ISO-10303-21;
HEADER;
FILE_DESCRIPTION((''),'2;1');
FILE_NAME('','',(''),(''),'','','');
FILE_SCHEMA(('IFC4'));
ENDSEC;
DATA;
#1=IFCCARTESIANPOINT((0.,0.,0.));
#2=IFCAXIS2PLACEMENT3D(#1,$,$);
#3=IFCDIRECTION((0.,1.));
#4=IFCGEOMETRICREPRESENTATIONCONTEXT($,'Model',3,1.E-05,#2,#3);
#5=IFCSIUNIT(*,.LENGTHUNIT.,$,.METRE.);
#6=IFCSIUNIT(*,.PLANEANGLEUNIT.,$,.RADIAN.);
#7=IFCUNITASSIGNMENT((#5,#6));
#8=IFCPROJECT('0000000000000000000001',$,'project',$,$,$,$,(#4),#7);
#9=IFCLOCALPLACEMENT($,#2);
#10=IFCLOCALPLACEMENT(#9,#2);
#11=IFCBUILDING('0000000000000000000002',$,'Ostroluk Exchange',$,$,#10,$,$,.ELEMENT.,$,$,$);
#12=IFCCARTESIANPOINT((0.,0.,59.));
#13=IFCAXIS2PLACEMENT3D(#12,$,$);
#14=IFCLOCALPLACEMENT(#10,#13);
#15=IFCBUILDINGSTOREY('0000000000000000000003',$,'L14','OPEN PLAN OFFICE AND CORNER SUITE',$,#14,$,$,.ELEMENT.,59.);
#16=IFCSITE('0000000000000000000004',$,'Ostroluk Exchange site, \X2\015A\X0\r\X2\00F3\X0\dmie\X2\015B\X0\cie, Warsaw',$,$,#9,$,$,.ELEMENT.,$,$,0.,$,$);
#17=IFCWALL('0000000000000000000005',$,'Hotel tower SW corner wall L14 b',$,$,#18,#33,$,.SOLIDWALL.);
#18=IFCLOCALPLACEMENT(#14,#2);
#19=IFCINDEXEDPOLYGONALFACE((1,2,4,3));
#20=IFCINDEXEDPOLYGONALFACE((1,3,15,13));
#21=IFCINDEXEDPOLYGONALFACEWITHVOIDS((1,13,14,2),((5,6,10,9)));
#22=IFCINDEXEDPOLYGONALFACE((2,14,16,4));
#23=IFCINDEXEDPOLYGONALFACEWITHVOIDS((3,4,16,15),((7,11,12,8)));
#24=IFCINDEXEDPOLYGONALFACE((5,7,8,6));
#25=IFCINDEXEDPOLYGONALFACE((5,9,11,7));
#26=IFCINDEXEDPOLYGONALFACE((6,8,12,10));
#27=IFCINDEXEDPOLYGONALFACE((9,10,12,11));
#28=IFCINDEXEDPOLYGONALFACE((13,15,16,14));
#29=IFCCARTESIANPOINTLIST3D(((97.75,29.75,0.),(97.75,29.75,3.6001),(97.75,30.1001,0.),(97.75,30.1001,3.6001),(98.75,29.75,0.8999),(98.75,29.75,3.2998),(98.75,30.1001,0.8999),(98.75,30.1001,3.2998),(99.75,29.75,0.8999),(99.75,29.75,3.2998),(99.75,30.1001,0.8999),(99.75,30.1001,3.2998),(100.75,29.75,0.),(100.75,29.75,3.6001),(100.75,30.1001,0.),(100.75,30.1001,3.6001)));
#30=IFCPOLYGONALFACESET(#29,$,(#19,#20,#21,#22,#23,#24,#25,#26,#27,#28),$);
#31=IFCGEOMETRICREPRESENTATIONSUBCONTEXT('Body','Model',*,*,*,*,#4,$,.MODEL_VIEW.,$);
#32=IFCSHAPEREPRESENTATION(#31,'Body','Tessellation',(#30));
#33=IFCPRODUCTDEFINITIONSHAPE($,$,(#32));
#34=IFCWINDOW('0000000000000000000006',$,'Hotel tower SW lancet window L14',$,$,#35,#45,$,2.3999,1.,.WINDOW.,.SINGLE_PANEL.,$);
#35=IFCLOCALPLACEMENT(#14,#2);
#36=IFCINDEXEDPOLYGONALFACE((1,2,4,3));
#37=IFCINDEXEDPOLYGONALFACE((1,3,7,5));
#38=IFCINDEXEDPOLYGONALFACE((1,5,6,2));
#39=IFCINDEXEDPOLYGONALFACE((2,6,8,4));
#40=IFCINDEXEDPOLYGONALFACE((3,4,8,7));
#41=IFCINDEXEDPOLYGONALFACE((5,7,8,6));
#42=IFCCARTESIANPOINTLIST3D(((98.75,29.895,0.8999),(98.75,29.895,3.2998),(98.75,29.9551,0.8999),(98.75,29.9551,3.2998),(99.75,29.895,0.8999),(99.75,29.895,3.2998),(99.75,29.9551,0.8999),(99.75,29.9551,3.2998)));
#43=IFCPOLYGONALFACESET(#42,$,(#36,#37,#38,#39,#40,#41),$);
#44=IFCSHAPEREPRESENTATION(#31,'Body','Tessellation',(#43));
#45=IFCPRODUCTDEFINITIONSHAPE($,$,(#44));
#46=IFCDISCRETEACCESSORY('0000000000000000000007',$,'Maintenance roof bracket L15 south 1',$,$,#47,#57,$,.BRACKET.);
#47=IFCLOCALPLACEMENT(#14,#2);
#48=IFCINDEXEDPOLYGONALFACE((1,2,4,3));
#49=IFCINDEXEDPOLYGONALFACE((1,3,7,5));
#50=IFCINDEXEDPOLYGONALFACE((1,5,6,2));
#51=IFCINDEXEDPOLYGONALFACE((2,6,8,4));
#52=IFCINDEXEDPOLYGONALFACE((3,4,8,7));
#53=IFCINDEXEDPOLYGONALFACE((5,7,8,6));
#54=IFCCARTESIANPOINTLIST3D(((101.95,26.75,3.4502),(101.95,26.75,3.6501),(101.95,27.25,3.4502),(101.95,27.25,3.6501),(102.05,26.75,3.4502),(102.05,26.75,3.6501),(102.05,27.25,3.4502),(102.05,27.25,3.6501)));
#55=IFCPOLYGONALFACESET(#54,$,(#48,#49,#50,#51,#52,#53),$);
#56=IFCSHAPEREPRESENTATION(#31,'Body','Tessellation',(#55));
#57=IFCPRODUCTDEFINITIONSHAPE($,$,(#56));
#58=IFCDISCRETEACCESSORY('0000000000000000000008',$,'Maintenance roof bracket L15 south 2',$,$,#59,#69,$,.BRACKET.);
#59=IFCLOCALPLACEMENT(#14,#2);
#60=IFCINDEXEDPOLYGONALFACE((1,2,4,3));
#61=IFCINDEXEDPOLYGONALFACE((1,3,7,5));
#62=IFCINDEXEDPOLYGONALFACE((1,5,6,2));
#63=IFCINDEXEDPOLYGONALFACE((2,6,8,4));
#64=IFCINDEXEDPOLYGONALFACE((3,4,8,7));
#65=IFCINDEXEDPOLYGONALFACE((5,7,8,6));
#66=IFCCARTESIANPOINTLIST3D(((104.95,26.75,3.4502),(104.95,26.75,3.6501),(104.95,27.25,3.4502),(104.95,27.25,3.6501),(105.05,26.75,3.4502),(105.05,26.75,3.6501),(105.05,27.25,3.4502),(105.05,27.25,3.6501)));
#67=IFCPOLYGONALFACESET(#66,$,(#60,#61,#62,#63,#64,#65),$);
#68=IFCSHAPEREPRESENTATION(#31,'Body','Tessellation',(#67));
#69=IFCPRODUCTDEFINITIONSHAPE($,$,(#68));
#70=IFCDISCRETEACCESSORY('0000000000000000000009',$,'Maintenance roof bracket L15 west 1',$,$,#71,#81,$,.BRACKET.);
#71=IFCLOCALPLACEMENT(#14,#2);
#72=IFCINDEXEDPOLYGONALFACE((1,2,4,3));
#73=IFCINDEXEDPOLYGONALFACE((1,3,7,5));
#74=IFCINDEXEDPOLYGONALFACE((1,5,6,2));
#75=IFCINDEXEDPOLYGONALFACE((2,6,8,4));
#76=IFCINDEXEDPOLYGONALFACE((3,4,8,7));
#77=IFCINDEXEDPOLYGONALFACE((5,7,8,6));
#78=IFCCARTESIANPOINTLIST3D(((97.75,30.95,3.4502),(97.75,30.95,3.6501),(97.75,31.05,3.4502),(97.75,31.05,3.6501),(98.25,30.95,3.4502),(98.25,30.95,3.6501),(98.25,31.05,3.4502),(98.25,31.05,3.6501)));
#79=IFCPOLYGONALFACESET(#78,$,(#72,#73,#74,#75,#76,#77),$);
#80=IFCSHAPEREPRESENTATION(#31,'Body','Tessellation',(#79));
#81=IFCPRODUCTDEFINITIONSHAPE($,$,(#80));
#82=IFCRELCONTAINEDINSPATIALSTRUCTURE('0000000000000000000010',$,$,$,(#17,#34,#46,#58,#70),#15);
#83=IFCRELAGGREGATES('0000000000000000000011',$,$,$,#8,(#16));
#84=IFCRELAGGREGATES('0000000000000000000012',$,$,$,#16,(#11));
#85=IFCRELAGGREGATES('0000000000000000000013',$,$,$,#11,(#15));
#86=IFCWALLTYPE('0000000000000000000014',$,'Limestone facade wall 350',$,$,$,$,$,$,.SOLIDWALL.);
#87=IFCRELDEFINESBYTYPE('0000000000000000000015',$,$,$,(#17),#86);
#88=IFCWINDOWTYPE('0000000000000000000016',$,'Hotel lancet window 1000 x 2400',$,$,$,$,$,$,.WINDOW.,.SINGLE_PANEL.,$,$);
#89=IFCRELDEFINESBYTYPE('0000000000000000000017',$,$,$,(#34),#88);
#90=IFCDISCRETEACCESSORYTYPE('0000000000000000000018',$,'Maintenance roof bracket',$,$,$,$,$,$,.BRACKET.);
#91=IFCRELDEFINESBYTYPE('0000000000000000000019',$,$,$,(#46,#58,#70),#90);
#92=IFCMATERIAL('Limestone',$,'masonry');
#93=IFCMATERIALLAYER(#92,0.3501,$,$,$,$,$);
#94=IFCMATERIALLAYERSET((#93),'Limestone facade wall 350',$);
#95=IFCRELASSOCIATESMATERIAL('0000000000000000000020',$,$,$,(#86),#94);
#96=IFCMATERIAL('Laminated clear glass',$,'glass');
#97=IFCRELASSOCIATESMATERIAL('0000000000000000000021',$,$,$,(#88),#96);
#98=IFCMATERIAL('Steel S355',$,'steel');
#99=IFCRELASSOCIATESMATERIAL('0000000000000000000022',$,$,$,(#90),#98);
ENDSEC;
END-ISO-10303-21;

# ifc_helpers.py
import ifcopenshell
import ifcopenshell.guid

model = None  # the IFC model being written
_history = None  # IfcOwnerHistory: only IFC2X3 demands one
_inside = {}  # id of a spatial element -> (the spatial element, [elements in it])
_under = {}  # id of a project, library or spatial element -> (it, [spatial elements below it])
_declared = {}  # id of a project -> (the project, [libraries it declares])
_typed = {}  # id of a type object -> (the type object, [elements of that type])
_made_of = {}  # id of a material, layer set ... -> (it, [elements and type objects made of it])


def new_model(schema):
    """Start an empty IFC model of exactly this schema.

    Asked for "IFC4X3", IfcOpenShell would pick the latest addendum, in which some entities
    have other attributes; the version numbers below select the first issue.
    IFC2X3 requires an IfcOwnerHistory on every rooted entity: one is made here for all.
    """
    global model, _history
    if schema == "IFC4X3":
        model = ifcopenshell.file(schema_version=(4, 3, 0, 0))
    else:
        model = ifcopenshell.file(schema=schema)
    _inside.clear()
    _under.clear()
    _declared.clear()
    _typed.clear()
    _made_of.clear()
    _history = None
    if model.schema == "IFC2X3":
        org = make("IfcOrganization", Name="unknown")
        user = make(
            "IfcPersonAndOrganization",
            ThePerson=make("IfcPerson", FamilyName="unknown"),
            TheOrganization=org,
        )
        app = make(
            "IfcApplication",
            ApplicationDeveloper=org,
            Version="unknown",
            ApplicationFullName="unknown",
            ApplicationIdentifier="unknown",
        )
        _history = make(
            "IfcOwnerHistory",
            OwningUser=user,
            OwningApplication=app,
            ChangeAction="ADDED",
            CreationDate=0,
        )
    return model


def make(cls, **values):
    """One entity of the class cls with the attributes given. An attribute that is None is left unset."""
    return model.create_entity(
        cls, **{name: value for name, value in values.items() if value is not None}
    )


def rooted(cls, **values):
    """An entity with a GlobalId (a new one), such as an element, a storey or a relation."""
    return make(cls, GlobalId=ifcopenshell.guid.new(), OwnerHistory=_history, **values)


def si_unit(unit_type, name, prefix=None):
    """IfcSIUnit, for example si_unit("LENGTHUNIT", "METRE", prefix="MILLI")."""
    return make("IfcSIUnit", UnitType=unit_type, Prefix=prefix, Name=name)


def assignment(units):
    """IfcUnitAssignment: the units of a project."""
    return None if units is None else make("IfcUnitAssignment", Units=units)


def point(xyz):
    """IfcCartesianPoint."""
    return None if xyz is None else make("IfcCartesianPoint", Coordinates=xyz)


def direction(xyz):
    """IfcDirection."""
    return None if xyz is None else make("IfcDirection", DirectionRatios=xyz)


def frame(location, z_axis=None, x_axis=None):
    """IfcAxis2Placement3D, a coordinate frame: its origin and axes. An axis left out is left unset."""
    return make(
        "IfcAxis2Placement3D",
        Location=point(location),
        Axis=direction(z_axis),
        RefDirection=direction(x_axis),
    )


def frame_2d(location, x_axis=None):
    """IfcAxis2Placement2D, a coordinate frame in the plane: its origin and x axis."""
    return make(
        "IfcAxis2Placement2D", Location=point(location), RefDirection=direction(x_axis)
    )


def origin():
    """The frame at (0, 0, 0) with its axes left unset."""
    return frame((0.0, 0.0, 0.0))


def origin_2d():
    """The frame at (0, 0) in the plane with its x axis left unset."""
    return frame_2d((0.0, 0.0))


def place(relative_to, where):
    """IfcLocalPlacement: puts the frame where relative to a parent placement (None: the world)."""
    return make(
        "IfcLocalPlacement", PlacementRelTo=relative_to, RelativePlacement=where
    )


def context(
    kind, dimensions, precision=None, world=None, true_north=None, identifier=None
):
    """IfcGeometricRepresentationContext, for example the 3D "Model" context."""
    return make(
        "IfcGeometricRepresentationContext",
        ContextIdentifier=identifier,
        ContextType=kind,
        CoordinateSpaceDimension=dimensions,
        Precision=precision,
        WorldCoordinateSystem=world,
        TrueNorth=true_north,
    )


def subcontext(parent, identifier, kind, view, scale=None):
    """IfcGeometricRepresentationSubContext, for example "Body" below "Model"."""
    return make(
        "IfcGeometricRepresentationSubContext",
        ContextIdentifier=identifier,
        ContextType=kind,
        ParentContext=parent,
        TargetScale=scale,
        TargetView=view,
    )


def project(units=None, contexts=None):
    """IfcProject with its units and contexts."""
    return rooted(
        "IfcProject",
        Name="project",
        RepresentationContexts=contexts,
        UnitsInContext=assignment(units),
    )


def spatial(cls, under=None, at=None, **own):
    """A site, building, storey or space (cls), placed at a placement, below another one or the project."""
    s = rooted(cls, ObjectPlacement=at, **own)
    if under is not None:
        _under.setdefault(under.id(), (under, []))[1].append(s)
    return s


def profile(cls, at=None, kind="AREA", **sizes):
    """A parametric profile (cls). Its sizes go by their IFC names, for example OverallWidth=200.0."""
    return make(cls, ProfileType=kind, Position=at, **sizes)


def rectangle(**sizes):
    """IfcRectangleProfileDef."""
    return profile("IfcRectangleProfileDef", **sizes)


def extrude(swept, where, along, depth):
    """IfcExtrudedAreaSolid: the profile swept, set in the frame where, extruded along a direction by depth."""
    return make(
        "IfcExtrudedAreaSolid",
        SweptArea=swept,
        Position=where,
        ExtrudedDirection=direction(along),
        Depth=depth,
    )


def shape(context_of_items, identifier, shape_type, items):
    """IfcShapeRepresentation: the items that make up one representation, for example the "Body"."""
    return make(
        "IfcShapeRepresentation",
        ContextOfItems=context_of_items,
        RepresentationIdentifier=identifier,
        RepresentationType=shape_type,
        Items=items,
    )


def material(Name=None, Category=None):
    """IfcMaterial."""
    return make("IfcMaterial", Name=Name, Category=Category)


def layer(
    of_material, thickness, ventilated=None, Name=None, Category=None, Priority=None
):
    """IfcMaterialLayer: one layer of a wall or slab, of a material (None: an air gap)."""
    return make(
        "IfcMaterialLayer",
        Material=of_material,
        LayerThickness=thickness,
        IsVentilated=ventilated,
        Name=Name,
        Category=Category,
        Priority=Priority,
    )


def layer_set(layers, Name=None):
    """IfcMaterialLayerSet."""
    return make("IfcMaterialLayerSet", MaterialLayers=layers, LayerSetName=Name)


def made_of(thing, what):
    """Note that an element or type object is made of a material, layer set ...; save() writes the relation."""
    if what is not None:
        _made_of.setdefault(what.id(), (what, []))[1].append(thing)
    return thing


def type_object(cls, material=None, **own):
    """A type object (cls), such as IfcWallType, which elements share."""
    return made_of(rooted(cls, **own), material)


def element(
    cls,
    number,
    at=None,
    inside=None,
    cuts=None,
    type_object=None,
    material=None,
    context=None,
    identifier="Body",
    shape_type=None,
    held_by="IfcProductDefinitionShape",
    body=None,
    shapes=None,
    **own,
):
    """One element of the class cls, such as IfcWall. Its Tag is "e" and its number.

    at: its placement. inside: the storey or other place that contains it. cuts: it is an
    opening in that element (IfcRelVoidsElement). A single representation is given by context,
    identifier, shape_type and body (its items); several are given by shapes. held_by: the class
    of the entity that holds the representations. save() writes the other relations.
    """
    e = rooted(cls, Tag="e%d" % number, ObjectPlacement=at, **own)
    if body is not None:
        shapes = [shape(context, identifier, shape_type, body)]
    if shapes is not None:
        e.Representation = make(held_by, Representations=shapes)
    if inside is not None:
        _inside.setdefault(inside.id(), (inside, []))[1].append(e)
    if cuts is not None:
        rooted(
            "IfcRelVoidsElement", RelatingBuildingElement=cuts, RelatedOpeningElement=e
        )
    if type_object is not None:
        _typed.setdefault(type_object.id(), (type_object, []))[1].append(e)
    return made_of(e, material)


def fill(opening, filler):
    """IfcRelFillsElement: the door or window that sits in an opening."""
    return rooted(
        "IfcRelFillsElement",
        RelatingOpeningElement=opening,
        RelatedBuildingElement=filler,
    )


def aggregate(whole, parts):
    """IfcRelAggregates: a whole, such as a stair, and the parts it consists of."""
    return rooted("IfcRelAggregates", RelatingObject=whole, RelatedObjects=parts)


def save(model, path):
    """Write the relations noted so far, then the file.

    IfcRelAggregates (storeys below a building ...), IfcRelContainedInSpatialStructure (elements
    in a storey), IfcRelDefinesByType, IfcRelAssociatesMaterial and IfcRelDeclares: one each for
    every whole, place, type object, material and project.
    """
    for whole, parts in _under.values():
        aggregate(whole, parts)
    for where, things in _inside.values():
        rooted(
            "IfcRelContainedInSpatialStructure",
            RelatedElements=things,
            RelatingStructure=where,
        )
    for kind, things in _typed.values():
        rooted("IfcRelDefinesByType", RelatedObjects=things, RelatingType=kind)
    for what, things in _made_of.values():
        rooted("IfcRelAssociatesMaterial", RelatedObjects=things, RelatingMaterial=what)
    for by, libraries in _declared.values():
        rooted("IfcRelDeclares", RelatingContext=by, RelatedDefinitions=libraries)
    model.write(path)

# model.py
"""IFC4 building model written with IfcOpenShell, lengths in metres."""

from ifc_helpers import new_model, si_unit, direction, frame, frame_2d, origin, origin_2d, place, context, subcontext, project, spatial, rectangle, extrude, material, layer, layer_set, type_object, element, fill, save


model = new_model("IFC4")

# Units and contexts
model_context = context("Model", 3, precision=1e-05, world=origin(), true_north=direction((0.0, 1.0)))
body_context = subcontext(model_context, "Body", "Model", "MODEL_VIEW")
ifc_project = project(units=[si_unit("LENGTHUNIT", "METRE"), si_unit("PLANEANGLEUNIT", "RADIAN")], contexts=[model_context])

# Site, building, storey
site_placement = place(None, origin())
site = spatial("IfcSite", under=ifc_project, at=site_placement, Name="Ostroluk Exchange site, Śródmieście, Warsaw", CompositionType="ELEMENT", RefElevation=0.0)
building_placement = place(site_placement, origin())
building = spatial("IfcBuilding", under=site, at=building_placement, Name="Ostroluk Exchange", CompositionType="ELEMENT")
storey_placement = place(building_placement, frame((0.0, 0.0, 59.0)))
storey = spatial("IfcBuildingStorey", under=building, at=storey_placement, Name="L14", Description="OPEN PLAN OFFICE AND CORNER SUITE", CompositionType="ELEMENT", Elevation=59.0)

# Shared definitions
ifc_material_1 = material(Name="Limestone", Category="masonry")
ifc_layer_1 = layer(ifc_material_1, 0.3501)
ifc_layer_set_1 = layer_set([ifc_layer_1], Name="Limestone facade wall 350")
wall_type = type_object("IfcWallType", Name="Limestone facade wall 350", PredefinedType="SOLIDWALL", material=ifc_layer_set_1)

# Wall, opening, window
wall_1_placement = place(storey_placement, frame((100.75, 29.925, 0.0), z_axis=(0.0, 0.0, 1.0), x_axis=(-1.0, 0.0, 0.0)))
wall_1 = element("IfcWall", 1, at=wall_1_placement, inside=storey, type_object=wall_type, Name="Hotel tower SW corner wall L14 b", PredefinedType="SOLIDWALL", context=body_context, shape_type="SweptSolid", body=[
    extrude(rectangle(XDim=3.0, YDim=0.3501, at=frame_2d((1.5, 0.0))), origin(), (0.0, 0.0, 1.0), 3.6001),
])
opening_1_placement = place(wall_1_placement, frame((1.0, 0.0, 0.8999)))
opening_1 = element("IfcOpeningElement", 2, at=opening_1_placement, cuts=wall_1, PredefinedType="OPENING", context=body_context, shape_type="SweptSolid", body=[
    extrude(rectangle(XDim=1.0, YDim=2.3999, at=frame_2d((0.5, 1.2))), frame((0.0, 0.1851, 0.0), z_axis=(0.0, -1.0, 0.0), x_axis=(1.0, 0.0, 0.0)), (0.0, 0.0, 1.0), 0.3701),
])
ifc_material_2 = material(Name="Laminated clear glass", Category="glass")
window_type = type_object("IfcWindowType", Name="Hotel lancet window 1000 x 2400", PartitioningType="SINGLE_PANEL", PredefinedType="WINDOW", material=ifc_material_2)
window_placement = place(opening_1_placement, origin())
window = element("IfcWindow", 3, at=window_placement, inside=storey, type_object=window_type, Name="Hotel tower SW lancet window L14", OverallHeight=2.3999, OverallWidth=1.0, PartitioningType="SINGLE_PANEL", PredefinedType="WINDOW", context=body_context, shape_type="SweptSolid", body=[
    extrude(rectangle(XDim=1.0, YDim=2.3999, at=frame_2d((0.5, 1.2))), frame((0.0, 0.03, 0.0), z_axis=(0.0, -1.0, 0.0), x_axis=(1.0, 0.0, 0.0)), (0.0, 0.0, 1.0), 0.0601),
])
fill(opening_1, window)

# Discrete accessories
ifc_material_3 = material(Name="Steel S355", Category="steel")
discrete_accessory_type = type_object("IfcDiscreteAccessoryType", Name="Maintenance roof bracket", PredefinedType="BRACKET", material=ifc_material_3)
for number, where, z_axis, x_axis, name in (
    (4, (102.0, 27.0, 3.4502), (0.0, 0.0, 1.0), (1.0, 0.0, 0.0), "Maintenance roof bracket L15 south 1"),
    (5, (105.0, 27.0, 3.4502), (0.0, 0.0, 1.0), (1.0, 0.0, 0.0), "Maintenance roof bracket L15 south 2"),
):
    element("IfcDiscreteAccessory", number, at=place(storey_placement, frame(where, z_axis=z_axis, x_axis=x_axis)), inside=storey, type_object=discrete_accessory_type, Name=name, PredefinedType="BRACKET", context=body_context, shape_type="SweptSolid", body=[
        extrude(rectangle(XDim=0.1001, YDim=0.5, at=origin_2d()), origin(), (0.0, 0.0, 1.0), 0.2),
    ])
discrete_accessory_placement = place(storey_placement, frame((98.0, 31.0, 3.4502), z_axis=(0.0, 0.0, 1.0), x_axis=(1.0, 0.0, 0.0)))
element("IfcDiscreteAccessory", 6, at=discrete_accessory_placement, inside=storey, type_object=discrete_accessory_type, Name="Maintenance roof bracket L15 west 1", PredefinedType="BRACKET", context=body_context, shape_type="SweptSolid", body=[
    extrude(rectangle(XDim=0.5, YDim=0.1001, at=origin_2d()), origin(), (0.0, 0.0, 1.0), 0.2),
])

save(model, "model.ifc")
